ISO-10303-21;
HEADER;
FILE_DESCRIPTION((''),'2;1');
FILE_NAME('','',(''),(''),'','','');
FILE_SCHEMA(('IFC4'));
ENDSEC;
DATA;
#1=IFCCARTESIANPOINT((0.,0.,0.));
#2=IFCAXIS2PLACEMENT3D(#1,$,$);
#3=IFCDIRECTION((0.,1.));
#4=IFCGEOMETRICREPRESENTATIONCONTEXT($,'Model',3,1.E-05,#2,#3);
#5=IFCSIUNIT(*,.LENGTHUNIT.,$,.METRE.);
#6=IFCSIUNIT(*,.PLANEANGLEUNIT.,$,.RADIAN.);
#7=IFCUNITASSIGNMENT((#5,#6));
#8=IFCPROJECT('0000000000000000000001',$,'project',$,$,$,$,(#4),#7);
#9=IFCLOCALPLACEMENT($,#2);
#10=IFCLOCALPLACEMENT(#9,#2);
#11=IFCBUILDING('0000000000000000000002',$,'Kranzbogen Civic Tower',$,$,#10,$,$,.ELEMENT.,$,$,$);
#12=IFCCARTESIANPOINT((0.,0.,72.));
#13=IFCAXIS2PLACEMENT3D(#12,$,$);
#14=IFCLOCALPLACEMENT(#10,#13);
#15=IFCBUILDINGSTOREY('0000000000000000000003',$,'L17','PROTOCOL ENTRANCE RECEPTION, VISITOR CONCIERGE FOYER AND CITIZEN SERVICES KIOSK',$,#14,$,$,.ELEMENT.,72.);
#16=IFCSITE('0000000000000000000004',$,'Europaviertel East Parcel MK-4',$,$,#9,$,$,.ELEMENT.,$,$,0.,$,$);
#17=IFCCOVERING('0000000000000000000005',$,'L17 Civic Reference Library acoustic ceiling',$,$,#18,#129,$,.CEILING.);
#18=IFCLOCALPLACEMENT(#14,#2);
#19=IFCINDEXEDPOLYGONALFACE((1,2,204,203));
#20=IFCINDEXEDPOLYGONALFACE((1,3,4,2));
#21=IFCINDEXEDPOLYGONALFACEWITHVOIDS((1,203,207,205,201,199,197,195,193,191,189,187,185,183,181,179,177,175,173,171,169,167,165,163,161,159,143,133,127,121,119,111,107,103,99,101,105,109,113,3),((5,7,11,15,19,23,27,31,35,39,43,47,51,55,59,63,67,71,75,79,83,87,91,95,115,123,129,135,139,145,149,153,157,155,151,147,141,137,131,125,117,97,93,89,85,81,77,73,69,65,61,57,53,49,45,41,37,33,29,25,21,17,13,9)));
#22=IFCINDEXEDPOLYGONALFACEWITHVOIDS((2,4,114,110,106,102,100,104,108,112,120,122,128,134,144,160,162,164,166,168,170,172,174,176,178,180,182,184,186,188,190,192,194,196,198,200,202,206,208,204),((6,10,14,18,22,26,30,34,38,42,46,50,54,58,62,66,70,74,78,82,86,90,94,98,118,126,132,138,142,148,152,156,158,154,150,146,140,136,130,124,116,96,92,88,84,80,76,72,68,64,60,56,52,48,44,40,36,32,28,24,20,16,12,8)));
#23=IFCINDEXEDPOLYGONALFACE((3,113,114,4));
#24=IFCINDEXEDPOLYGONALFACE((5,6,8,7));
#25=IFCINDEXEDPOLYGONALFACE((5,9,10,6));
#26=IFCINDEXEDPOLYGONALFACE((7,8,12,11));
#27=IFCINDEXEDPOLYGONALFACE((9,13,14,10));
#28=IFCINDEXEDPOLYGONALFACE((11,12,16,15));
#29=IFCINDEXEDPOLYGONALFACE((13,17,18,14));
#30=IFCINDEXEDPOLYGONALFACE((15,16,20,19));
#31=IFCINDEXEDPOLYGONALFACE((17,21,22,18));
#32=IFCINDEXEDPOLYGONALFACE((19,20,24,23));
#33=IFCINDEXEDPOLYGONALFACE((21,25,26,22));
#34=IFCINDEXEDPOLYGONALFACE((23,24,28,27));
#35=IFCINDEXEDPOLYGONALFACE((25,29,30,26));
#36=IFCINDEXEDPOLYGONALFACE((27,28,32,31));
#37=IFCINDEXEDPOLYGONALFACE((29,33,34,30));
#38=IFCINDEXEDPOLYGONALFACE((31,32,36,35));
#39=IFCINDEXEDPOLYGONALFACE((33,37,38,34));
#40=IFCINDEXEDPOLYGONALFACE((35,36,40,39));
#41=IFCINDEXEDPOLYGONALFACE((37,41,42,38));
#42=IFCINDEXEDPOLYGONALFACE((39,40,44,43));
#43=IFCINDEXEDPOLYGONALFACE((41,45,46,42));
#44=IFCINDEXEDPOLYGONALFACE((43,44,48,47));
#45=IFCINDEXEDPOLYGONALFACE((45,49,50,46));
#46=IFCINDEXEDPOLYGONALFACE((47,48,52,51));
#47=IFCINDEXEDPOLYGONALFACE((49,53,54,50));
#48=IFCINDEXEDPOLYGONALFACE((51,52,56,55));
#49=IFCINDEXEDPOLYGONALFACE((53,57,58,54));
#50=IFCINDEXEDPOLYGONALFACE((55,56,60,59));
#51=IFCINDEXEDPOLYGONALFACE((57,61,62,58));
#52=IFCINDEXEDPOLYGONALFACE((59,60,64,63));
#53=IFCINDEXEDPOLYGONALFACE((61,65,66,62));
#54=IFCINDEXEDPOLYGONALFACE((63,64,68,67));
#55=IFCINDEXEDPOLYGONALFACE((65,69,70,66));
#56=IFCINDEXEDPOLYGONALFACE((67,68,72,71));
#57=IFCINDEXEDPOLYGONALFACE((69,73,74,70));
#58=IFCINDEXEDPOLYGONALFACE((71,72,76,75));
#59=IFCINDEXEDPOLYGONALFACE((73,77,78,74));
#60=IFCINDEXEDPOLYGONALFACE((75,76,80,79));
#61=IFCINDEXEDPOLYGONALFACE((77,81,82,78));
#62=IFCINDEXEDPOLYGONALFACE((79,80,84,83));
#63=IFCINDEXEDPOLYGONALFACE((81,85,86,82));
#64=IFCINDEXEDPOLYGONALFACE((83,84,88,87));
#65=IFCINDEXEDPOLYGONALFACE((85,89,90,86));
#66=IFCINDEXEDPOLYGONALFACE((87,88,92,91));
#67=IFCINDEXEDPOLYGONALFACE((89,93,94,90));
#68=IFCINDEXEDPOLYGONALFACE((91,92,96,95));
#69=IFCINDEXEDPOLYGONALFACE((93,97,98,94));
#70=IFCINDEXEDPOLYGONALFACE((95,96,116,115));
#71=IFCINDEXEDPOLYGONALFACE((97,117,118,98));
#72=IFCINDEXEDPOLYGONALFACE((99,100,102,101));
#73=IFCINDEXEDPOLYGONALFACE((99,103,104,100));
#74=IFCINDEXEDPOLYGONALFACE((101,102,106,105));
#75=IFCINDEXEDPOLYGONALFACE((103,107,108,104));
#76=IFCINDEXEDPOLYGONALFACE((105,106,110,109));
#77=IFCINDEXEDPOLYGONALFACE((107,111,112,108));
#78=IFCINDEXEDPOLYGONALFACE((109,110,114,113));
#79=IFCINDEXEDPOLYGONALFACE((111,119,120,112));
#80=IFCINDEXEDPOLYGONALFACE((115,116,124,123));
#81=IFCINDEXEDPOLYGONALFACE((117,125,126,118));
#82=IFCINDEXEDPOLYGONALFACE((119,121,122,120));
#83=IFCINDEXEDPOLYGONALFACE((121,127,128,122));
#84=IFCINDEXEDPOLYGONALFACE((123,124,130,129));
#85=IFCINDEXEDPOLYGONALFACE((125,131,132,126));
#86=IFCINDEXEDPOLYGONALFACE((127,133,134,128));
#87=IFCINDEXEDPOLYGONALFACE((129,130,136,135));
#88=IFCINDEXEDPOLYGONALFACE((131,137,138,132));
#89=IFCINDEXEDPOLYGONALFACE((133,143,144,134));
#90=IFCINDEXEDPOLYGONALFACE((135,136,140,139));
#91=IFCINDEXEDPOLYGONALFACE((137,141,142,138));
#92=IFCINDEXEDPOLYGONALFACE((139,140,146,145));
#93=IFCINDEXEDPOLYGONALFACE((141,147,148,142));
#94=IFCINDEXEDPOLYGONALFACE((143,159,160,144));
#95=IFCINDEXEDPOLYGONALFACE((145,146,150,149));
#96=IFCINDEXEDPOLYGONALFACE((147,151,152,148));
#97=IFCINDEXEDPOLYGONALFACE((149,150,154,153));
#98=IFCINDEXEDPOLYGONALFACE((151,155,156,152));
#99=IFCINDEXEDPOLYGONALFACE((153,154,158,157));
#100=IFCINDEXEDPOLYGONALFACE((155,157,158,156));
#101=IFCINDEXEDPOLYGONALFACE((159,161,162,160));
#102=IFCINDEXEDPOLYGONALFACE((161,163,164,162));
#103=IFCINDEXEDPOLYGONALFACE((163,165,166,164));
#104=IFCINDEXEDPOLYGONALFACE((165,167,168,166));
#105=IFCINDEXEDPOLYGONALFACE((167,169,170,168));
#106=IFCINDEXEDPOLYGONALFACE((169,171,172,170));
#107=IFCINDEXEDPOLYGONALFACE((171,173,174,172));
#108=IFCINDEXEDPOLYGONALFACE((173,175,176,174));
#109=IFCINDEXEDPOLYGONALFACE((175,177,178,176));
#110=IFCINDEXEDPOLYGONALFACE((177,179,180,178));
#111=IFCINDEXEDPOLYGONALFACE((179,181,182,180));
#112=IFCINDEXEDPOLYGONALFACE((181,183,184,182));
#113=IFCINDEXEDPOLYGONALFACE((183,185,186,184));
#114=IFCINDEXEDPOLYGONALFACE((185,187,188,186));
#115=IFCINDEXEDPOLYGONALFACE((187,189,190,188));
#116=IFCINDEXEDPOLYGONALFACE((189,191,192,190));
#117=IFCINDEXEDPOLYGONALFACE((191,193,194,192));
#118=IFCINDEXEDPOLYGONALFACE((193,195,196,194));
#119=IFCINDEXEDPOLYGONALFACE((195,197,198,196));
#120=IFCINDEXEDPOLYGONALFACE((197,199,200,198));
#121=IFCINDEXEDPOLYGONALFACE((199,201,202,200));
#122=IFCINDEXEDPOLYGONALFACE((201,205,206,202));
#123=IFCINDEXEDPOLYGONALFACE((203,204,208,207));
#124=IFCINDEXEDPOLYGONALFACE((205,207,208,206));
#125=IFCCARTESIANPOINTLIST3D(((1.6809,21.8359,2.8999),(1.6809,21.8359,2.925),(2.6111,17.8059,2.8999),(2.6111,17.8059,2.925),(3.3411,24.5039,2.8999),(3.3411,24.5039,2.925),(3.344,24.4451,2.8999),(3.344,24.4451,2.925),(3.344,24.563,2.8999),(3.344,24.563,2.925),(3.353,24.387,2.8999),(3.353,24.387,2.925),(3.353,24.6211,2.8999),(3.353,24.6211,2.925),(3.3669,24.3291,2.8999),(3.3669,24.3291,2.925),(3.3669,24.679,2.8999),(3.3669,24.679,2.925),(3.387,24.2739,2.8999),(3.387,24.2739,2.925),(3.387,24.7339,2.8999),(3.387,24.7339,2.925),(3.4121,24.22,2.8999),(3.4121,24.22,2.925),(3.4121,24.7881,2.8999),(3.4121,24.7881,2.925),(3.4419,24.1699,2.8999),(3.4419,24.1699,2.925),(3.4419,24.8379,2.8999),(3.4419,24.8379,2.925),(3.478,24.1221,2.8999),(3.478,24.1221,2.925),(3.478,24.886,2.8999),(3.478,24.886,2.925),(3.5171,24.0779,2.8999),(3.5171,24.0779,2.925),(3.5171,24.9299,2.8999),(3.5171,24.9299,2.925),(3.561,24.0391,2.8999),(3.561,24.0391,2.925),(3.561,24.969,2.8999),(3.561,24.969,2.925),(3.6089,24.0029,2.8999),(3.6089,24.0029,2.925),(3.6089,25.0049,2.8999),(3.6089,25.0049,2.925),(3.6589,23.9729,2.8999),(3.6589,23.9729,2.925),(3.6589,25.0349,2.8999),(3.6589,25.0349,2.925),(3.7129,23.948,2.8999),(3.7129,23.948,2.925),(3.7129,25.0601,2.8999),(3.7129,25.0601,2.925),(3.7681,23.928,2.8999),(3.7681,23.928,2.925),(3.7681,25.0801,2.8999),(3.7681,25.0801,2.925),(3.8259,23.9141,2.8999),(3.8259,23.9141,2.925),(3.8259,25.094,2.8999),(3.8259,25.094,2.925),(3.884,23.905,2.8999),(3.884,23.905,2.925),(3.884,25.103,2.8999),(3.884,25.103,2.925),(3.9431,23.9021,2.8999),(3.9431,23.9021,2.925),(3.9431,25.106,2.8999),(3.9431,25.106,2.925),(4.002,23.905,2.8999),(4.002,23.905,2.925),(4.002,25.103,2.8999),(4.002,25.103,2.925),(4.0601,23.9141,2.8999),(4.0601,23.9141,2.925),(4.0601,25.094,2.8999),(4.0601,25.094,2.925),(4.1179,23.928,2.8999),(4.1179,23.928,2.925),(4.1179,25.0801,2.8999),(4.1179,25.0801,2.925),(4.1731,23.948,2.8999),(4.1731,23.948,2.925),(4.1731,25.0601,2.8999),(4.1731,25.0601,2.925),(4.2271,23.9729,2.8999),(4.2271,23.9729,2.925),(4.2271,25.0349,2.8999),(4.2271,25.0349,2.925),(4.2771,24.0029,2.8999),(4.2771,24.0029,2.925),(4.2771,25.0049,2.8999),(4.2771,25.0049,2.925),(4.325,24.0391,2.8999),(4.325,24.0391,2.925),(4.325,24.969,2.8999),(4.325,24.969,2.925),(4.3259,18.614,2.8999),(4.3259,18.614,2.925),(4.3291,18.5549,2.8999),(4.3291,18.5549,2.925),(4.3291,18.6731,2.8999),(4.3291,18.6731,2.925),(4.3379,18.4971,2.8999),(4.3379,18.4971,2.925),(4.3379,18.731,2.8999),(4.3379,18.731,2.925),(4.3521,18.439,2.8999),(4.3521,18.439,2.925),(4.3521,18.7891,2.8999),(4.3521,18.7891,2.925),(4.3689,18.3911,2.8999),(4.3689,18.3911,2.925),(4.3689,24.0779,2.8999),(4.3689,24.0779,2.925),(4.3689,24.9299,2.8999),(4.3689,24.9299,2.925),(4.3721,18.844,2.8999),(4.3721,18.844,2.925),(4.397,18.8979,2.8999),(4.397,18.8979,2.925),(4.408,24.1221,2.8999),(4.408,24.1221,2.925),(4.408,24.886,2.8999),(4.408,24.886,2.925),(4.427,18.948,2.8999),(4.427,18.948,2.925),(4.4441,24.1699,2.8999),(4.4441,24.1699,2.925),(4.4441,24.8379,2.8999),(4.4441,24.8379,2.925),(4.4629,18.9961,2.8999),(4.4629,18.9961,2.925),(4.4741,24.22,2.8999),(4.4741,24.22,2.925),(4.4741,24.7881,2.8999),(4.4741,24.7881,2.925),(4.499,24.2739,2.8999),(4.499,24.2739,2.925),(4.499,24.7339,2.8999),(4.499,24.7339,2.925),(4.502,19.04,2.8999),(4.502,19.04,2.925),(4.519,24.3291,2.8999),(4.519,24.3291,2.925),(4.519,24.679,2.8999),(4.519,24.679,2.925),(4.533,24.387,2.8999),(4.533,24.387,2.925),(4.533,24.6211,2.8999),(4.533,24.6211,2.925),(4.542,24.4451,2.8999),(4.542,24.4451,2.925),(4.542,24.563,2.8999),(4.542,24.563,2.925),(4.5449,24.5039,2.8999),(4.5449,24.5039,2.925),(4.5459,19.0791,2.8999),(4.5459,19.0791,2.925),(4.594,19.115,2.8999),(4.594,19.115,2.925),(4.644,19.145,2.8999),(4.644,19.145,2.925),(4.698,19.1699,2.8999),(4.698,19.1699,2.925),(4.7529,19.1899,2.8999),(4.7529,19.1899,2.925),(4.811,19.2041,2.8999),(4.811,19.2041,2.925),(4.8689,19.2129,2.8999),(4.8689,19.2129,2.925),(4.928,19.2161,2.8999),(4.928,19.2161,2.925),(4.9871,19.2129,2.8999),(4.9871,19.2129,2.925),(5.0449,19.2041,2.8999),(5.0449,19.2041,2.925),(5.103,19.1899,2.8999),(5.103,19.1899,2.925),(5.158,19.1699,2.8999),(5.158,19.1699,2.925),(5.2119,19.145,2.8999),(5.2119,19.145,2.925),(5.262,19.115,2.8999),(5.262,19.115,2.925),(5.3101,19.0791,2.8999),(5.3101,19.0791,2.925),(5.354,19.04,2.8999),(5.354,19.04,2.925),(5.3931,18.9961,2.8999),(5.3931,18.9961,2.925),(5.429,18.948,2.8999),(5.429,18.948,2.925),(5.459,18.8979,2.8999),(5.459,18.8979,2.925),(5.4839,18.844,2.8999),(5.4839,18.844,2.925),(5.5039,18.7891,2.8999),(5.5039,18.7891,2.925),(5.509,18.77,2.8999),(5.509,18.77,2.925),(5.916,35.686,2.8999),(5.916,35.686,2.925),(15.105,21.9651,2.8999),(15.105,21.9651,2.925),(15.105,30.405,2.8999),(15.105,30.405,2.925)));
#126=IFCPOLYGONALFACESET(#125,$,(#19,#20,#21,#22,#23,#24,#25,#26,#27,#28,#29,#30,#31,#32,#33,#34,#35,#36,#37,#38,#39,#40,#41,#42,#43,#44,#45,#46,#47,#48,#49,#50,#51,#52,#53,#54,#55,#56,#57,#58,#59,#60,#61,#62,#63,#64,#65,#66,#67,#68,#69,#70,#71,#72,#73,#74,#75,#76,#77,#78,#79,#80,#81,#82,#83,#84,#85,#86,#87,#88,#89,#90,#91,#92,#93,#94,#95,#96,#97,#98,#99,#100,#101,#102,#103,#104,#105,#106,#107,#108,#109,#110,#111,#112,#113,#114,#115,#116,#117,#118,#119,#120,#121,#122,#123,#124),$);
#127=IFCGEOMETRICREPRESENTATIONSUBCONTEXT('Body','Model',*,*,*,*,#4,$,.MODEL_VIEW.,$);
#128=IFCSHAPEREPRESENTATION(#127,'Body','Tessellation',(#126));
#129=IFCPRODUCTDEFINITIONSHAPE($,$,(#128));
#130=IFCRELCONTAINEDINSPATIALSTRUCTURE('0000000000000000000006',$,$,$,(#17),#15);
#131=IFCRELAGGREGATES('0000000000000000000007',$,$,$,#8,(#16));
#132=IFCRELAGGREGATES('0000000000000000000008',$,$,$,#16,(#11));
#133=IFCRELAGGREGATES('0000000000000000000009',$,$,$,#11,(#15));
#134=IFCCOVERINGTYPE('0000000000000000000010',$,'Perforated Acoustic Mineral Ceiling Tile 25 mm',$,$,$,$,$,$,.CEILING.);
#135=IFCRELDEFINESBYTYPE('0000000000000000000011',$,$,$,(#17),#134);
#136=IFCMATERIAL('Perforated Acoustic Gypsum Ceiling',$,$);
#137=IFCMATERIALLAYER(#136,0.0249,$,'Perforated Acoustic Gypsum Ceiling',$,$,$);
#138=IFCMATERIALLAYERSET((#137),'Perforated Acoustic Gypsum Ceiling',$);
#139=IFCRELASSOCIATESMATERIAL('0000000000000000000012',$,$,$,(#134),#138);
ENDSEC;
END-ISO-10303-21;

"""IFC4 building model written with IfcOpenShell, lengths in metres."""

from ifc_helpers import new_model, si_unit, direction, frame, origin, place, context, subcontext, project, spatial, polyline, outline, extrude, material, layer, layer_set, type_object, element, save


model = new_model("IFC4")

# Units and contexts
model_context = context("Model", 3, precision=1e-05, world=origin(), true_north=direction((0.0, 1.0)))
body_context = subcontext(model_context, "Body", "Model", "MODEL_VIEW")
ifc_project = project(units=[si_unit("LENGTHUNIT", "METRE"), si_unit("PLANEANGLEUNIT", "RADIAN")], contexts=[model_context])

# Site, building, storey
site_placement = place(None, origin())
site = spatial("IfcSite", under=ifc_project, at=site_placement, Name="Europaviertel East Parcel MK-4", CompositionType="ELEMENT", RefElevation=0.0)
building_placement = place(site_placement, origin())
building = spatial("IfcBuilding", under=site, at=building_placement, Name="Kranzbogen Civic Tower", CompositionType="ELEMENT")
storey_placement = place(building_placement, frame((0.0, 0.0, 72.0)))
storey = spatial("IfcBuildingStorey", under=building, at=storey_placement, Name="L17", Description="PROTOCOL ENTRANCE RECEPTION, VISITOR CONCIERGE FOYER AND CITIZEN SERVICES KIOSK", CompositionType="ELEMENT", Elevation=72.0)

# Covering
ifc_material_1 = material(Name="Perforated Acoustic Gypsum Ceiling")
ifc_layer_1 = layer(ifc_material_1, 0.0249, Name="Perforated Acoustic Gypsum Ceiling")
ifc_layer_set_1 = layer_set([ifc_layer_1], Name="Perforated Acoustic Gypsum Ceiling")
covering_type = type_object("IfcCoveringType", Name="Perforated Acoustic Mineral Ceiling Tile 25 mm", PredefinedType="CEILING", material=ifc_layer_set_1)
covering_1_placement = place(storey_placement, frame((0.0, 0.0, 2.8999)))
element("IfcCovering", 1, at=covering_1_placement, inside=storey, type_object=covering_type, Name="L17 Civic Reference Library acoustic ceiling", PredefinedType="CEILING", context=body_context, shape_type="SweptSolid", body=[
    extrude(outline(polyline([(5.916, 35.686), (15.105, 30.405), (15.105, 21.9651), (5.509, 18.77), (5.5039, 18.7891), (5.4839, 18.844), (5.459, 18.8979), (5.429, 18.948), (5.3931, 18.9961), (5.354, 19.04), (5.3101, 19.0791), (5.262, 19.115), (5.2119, 19.145), (5.158, 19.1699), (5.103, 19.1899), (5.0449, 19.2041), (4.9871, 19.2129), (4.928, 19.2161), (4.8689, 19.2129), (4.811, 19.2041), (4.7529, 19.1899), (4.698, 19.1699), (4.644, 19.145), (4.594, 19.115), (4.5459, 19.0791), (4.502, 19.04), (4.4629, 18.9961), (4.427, 18.948), (4.397, 18.8979), (4.3721, 18.844), (4.3521, 18.7891), (4.3379, 18.731), (4.3291, 18.6731), (4.3259, 18.614), (4.3291, 18.5549), (4.3379, 18.4971), (4.3521, 18.439), (4.3689, 18.3911), (2.6111, 17.8059), (1.6809, 21.8359), (5.916, 35.686)]), holes=[polyline([(4.499, 24.2739), (4.4741, 24.22), (4.4441, 24.1699), (4.408, 24.1221), (4.3689, 24.0779), (4.325, 24.0391), (4.2771, 24.0029), (4.2271, 23.9729), (4.1731, 23.948), (4.1179, 23.928), (4.0601, 23.9141), (4.002, 23.905), (3.9431, 23.9021), (3.884, 23.905), (3.8259, 23.9141), (3.7681, 23.928), (3.7129, 23.948), (3.6589, 23.9729), (3.6089, 24.0029), (3.561, 24.0391), (3.5171, 24.0779), (3.478, 24.1221), (3.4419, 24.1699), (3.4121, 24.22), (3.387, 24.2739), (3.3669, 24.3291), (3.353, 24.387), (3.344, 24.4451), (3.3411, 24.5039), (3.344, 24.563), (3.353, 24.6211), (3.3669, 24.679), (3.387, 24.7339), (3.4121, 24.7881), (3.4419, 24.8379), (3.478, 24.886), (3.5171, 24.9299), (3.561, 24.969), (3.6089, 25.0049), (3.6589, 25.0349), (3.7129, 25.0601), (3.7681, 25.0801), (3.8259, 25.094), (3.884, 25.103), (3.9431, 25.106), (4.002, 25.103), (4.0601, 25.094), (4.1179, 25.0801), (4.1731, 25.0601), (4.2271, 25.0349), (4.2771, 25.0049), (4.325, 24.969), (4.3689, 24.9299), (4.408, 24.886), (4.4441, 24.8379), (4.4741, 24.7881), (4.499, 24.7339), (4.519, 24.679), (4.533, 24.6211), (4.542, 24.563), (4.5449, 24.5039), (4.542, 24.4451), (4.533, 24.387), (4.519, 24.3291), (4.499, 24.2739)])]), origin(), (0.0, 0.0, 1.0), 0.0251),
])

save(model, "model.ifc")
